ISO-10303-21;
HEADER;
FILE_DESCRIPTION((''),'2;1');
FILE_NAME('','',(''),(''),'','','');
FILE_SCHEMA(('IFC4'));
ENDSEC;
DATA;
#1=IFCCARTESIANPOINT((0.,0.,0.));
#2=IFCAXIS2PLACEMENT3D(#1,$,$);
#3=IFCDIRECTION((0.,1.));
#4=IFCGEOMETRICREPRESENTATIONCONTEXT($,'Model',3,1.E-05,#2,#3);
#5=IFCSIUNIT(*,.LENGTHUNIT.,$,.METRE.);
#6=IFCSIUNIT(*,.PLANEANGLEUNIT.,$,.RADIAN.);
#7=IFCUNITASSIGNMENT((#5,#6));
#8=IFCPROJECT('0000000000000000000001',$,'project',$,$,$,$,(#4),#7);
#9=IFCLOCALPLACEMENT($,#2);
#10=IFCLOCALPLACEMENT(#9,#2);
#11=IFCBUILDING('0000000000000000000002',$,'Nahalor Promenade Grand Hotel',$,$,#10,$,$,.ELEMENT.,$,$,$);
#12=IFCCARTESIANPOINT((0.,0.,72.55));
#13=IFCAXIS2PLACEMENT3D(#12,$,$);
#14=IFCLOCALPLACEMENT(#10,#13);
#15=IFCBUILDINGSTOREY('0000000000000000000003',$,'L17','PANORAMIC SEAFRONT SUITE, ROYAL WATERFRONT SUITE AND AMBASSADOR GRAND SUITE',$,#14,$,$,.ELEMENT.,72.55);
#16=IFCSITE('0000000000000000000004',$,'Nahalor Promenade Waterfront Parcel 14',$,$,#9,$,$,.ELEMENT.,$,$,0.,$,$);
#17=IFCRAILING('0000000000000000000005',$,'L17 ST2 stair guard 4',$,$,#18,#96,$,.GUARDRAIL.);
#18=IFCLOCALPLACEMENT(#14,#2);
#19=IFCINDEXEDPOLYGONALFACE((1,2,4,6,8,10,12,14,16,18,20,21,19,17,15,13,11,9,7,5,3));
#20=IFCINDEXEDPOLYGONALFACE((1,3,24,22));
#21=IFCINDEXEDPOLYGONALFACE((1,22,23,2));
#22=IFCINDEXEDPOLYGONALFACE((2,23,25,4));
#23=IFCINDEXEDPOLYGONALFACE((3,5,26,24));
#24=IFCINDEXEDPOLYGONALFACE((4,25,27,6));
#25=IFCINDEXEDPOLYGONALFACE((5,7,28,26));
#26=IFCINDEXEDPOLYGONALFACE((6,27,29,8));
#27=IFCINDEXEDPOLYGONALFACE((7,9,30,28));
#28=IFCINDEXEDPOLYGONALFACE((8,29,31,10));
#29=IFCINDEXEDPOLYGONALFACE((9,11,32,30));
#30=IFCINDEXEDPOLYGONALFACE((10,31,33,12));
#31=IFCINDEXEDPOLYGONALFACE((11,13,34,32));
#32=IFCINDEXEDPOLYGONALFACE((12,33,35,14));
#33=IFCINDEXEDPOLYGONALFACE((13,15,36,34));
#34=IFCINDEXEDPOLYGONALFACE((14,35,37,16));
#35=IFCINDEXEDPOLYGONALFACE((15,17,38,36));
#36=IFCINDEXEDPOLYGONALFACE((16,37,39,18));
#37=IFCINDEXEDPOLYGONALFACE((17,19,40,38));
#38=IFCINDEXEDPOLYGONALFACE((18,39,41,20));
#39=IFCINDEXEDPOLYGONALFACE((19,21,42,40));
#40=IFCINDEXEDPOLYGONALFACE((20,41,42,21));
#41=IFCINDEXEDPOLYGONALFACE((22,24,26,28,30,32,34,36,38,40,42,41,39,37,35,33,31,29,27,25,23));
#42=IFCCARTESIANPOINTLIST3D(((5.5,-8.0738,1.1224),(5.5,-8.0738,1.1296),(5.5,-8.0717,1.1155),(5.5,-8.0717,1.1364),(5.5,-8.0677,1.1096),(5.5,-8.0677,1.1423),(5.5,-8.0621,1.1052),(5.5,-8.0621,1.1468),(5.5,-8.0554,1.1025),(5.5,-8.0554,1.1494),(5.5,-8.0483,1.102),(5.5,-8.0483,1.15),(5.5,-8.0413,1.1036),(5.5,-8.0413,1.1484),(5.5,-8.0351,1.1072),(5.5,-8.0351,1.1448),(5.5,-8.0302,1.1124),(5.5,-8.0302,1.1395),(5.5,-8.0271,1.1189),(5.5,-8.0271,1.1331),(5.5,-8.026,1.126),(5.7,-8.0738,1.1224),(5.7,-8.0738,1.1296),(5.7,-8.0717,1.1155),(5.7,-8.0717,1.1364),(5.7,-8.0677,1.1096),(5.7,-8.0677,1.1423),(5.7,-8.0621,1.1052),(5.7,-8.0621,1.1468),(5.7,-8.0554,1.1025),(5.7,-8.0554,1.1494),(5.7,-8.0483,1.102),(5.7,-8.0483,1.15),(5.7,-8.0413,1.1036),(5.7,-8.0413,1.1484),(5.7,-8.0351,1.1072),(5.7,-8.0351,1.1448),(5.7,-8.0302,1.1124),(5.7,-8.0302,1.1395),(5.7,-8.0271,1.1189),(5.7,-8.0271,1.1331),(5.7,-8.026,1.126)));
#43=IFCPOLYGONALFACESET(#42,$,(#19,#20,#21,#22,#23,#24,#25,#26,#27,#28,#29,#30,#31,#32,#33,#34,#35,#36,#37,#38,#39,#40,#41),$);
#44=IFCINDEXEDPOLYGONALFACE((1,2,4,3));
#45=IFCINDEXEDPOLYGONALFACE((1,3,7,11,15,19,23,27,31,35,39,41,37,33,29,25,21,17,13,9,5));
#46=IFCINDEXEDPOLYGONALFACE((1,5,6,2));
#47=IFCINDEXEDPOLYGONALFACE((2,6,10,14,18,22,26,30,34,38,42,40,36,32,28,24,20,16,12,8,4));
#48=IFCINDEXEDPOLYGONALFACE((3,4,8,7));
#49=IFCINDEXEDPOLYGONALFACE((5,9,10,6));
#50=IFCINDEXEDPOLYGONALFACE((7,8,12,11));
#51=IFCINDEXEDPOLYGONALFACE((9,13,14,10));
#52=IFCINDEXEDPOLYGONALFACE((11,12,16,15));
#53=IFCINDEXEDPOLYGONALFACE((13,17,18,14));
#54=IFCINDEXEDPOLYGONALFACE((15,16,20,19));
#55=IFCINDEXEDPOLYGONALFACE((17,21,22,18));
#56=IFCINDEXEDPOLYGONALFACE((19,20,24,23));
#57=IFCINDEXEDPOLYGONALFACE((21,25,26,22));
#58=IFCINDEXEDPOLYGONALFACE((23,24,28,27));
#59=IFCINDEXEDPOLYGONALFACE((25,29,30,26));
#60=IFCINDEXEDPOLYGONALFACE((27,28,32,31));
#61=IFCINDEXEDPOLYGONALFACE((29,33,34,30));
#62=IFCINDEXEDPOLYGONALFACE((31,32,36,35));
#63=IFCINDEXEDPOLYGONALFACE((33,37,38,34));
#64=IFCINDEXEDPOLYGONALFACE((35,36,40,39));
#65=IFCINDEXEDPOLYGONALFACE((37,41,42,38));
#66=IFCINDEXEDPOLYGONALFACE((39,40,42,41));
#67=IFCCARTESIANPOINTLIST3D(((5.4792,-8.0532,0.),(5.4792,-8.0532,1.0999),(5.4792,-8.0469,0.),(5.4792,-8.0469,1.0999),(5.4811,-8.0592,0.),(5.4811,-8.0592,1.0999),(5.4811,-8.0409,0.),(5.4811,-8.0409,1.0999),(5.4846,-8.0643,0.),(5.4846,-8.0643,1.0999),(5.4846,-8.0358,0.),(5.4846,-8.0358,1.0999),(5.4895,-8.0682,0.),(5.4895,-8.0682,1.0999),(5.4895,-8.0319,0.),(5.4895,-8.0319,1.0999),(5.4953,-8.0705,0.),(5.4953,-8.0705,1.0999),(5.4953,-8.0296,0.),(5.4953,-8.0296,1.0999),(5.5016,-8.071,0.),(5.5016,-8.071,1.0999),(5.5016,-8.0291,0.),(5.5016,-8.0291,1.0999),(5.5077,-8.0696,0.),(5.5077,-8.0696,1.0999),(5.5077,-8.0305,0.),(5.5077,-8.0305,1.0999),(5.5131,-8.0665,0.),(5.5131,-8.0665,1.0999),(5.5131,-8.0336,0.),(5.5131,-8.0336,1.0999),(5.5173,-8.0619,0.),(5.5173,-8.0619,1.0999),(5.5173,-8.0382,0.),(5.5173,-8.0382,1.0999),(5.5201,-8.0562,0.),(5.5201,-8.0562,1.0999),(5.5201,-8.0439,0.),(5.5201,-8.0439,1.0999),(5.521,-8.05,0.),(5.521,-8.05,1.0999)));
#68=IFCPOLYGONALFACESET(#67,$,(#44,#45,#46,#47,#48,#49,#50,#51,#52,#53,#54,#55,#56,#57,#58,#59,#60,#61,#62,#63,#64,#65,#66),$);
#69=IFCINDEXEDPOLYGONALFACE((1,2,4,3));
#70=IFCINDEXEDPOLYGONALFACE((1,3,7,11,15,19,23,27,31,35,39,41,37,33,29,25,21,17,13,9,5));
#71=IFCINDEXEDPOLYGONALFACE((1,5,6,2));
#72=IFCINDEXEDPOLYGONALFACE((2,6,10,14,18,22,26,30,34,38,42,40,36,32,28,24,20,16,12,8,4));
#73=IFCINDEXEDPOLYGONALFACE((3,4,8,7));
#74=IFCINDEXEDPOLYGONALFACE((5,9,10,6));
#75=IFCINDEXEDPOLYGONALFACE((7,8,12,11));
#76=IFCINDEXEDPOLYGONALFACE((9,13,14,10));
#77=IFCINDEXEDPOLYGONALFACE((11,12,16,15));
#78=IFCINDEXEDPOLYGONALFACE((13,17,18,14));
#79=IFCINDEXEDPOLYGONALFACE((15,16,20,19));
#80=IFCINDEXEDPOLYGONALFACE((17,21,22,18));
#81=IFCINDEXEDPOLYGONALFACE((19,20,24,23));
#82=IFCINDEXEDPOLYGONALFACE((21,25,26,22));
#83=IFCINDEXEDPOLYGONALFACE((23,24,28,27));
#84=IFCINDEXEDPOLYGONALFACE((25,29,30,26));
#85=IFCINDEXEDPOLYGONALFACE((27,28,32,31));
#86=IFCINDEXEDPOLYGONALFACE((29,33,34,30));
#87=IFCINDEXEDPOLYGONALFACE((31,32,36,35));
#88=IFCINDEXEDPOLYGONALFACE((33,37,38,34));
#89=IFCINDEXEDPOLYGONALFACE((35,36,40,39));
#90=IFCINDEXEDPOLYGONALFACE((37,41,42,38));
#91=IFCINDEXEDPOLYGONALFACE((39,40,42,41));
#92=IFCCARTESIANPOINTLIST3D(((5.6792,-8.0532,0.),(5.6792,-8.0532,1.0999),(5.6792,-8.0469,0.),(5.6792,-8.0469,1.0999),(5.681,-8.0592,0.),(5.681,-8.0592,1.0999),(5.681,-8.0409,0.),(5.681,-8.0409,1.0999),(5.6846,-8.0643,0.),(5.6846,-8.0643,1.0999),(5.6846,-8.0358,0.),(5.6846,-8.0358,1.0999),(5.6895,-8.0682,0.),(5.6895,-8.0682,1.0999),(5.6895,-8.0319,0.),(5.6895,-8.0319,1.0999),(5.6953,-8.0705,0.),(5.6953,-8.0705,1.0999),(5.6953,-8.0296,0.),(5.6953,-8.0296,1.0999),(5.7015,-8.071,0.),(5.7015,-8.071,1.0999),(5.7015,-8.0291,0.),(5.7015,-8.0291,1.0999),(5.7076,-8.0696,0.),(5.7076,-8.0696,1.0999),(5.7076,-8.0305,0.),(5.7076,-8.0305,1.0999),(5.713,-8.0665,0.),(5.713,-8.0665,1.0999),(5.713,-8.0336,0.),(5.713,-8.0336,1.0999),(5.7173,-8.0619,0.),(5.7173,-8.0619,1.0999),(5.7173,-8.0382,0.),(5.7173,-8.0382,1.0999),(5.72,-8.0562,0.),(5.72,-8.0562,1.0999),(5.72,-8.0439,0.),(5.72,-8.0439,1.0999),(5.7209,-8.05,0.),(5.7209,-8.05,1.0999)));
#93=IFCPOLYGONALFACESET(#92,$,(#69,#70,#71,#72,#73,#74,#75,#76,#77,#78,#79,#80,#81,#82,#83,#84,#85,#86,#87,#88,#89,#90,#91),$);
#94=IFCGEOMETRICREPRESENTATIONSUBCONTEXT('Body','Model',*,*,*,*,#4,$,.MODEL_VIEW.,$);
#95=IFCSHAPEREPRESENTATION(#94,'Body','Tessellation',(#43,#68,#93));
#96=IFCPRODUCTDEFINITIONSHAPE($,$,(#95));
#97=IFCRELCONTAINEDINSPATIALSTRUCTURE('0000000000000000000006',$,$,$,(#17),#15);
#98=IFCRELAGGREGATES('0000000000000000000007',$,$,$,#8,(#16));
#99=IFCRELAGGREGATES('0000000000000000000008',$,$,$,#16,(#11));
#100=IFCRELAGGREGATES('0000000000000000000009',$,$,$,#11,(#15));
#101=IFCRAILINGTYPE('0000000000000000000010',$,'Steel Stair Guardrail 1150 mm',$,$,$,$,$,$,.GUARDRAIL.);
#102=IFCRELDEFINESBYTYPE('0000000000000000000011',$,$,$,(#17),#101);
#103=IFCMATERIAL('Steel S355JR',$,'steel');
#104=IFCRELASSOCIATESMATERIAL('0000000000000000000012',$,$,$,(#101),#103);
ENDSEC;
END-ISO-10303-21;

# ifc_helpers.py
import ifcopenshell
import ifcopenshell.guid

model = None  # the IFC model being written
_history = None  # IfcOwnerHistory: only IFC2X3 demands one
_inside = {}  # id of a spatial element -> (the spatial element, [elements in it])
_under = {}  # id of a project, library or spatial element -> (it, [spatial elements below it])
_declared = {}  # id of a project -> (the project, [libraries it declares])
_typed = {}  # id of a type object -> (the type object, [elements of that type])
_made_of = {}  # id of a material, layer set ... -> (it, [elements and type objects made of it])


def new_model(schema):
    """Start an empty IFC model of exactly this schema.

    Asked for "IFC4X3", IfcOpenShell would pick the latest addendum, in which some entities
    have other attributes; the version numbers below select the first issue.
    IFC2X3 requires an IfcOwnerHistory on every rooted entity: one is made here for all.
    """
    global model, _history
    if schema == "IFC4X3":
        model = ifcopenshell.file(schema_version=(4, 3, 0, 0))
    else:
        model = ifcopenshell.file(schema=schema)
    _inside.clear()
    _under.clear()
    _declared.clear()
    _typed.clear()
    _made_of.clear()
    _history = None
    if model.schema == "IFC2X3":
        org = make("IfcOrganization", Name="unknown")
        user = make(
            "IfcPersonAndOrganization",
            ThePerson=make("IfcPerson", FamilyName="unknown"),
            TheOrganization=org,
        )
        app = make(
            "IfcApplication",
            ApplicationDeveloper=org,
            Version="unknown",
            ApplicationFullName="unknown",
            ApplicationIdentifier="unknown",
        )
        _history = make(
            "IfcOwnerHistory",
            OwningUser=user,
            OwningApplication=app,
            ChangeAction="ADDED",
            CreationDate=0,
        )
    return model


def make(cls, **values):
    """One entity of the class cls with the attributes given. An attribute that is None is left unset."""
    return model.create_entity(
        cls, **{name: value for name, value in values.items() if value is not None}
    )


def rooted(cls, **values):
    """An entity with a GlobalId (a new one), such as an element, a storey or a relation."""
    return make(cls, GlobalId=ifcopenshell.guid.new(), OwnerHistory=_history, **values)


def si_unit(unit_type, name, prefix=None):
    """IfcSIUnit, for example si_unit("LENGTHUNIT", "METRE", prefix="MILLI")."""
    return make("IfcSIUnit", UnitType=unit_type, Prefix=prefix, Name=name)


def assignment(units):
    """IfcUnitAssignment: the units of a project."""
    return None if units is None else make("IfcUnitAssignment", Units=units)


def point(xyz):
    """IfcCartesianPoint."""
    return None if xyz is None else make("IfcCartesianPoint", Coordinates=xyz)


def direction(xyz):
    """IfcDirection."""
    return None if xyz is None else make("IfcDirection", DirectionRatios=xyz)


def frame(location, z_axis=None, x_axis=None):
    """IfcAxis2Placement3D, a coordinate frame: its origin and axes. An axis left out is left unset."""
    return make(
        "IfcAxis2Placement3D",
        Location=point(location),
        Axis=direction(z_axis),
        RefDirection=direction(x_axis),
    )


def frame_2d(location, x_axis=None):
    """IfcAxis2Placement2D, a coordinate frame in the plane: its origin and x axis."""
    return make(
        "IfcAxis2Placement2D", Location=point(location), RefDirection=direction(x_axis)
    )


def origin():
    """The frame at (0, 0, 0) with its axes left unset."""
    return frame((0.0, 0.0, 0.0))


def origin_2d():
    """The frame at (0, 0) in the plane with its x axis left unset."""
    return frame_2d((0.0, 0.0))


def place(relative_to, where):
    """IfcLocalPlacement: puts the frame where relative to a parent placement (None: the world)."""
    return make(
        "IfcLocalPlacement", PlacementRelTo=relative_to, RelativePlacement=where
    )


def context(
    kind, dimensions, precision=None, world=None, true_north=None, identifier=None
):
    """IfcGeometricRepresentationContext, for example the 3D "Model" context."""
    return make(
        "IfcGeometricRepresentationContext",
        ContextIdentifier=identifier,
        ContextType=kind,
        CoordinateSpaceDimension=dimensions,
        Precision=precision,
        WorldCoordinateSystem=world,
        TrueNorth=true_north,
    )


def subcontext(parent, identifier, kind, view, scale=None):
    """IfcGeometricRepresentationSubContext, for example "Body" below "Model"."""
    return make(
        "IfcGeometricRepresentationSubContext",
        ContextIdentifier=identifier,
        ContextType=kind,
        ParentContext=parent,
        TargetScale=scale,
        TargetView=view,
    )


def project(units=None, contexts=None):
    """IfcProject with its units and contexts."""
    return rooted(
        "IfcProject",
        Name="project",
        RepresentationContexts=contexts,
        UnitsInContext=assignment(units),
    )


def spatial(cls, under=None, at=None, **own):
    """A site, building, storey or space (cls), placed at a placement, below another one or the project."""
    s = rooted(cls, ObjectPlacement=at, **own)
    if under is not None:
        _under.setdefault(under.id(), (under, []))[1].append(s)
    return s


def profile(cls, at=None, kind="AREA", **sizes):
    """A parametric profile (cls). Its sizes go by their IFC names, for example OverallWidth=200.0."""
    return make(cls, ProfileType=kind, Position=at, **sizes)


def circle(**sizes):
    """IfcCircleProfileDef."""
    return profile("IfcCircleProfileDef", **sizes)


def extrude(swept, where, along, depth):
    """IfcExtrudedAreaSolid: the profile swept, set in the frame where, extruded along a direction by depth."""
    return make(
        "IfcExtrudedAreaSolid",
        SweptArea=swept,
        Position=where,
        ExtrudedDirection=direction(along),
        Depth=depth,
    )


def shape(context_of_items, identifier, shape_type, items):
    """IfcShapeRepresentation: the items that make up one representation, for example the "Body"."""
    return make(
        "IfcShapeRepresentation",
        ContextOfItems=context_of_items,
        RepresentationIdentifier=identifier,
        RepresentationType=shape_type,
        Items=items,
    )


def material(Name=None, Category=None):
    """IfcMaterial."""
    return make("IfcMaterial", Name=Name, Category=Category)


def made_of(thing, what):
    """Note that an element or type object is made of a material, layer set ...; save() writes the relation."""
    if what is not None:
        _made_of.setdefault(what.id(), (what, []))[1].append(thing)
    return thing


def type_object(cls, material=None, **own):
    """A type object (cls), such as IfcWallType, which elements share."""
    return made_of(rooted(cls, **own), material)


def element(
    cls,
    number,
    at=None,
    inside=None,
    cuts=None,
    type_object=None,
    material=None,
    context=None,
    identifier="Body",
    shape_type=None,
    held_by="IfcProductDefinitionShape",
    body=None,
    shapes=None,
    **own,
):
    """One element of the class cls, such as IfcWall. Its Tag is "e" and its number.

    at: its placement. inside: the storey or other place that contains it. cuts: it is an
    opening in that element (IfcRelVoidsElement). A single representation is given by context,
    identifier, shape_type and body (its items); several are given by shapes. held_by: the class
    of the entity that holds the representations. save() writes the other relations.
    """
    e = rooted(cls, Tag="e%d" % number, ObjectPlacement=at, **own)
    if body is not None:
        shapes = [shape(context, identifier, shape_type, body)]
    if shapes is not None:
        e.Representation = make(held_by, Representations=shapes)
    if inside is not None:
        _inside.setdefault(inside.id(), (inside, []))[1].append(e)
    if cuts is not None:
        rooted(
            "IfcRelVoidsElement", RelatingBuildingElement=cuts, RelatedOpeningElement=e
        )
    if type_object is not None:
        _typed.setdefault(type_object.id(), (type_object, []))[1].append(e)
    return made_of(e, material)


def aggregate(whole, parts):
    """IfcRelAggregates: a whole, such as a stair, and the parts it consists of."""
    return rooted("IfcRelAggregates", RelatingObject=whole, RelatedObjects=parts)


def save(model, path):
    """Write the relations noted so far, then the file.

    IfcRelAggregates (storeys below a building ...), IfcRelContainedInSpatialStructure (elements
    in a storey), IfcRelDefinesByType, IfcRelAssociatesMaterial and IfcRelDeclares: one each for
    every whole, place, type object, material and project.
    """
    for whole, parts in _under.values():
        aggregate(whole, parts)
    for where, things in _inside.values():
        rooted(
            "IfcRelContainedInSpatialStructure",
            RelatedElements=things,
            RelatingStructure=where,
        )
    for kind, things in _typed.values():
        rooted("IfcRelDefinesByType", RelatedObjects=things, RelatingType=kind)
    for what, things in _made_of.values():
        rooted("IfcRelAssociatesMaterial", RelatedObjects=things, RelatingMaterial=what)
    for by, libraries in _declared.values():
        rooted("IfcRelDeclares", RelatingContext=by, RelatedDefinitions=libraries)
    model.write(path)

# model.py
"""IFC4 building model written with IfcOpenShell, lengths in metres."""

from ifc_helpers import new_model, si_unit, direction, frame, origin, origin_2d, place, context, subcontext, project, spatial, circle, extrude, material, type_object, element, save


model = new_model("IFC4")

# Units and contexts
model_context = context("Model", 3, precision=1e-05, world=origin(), true_north=direction((0.0, 1.0)))
body_context = subcontext(model_context, "Body", "Model", "MODEL_VIEW")
ifc_project = project(units=[si_unit("LENGTHUNIT", "METRE"), si_unit("PLANEANGLEUNIT", "RADIAN")], contexts=[model_context])

# Site, building, storey
site_placement = place(None, origin())
site = spatial("IfcSite", under=ifc_project, at=site_placement, Name="Nahalor Promenade Waterfront Parcel 14", CompositionType="ELEMENT", RefElevation=0.0)
building_placement = place(site_placement, origin())
building = spatial("IfcBuilding", under=site, at=building_placement, Name="Nahalor Promenade Grand Hotel", CompositionType="ELEMENT")
storey_placement = place(building_placement, frame((0.0, 0.0, 72.55)))
storey = spatial("IfcBuildingStorey", under=building, at=storey_placement, Name="L17", Description="PANORAMIC SEAFRONT SUITE, ROYAL WATERFRONT SUITE AND AMBASSADOR GRAND SUITE", CompositionType="ELEMENT", Elevation=72.55)

# Shared definitions
ifc_material_1 = material(Name="Steel S355JR", Category="steel")

# Railing
railing_type_1 = type_object("IfcRailingType", Name="Steel Stair Guardrail 1150 mm", PredefinedType="GUARDRAIL", material=ifc_material_1)
railing_1_placement = place(storey_placement, frame((5.5, -8.05, 0.0)))
element("IfcRailing", 1, at=railing_1_placement, inside=storey, type_object=railing_type_1, Name="L17 ST2 stair guard 4", PredefinedType="GUARDRAIL", context=body_context, shape_type="SweptSolid", body=[
    extrude(circle(Radius=0.024, at=origin_2d()), frame((0.0, 0.0, 1.126), z_axis=(1.0, 0.0, 0.0), x_axis=(0.0, 1.0, 0.0)), (0.0, 0.0, 1.0), 0.2),
    extrude(circle(Radius=0.021, at=origin_2d()), origin(), (0.0, 0.0, 1.0), 1.0999),
    extrude(circle(Radius=0.021, at=origin_2d()), frame((0.2, 0.0, 0.0)), (0.0, 0.0, 1.0), 1.0999),
])

save(model, "model.ifc")
